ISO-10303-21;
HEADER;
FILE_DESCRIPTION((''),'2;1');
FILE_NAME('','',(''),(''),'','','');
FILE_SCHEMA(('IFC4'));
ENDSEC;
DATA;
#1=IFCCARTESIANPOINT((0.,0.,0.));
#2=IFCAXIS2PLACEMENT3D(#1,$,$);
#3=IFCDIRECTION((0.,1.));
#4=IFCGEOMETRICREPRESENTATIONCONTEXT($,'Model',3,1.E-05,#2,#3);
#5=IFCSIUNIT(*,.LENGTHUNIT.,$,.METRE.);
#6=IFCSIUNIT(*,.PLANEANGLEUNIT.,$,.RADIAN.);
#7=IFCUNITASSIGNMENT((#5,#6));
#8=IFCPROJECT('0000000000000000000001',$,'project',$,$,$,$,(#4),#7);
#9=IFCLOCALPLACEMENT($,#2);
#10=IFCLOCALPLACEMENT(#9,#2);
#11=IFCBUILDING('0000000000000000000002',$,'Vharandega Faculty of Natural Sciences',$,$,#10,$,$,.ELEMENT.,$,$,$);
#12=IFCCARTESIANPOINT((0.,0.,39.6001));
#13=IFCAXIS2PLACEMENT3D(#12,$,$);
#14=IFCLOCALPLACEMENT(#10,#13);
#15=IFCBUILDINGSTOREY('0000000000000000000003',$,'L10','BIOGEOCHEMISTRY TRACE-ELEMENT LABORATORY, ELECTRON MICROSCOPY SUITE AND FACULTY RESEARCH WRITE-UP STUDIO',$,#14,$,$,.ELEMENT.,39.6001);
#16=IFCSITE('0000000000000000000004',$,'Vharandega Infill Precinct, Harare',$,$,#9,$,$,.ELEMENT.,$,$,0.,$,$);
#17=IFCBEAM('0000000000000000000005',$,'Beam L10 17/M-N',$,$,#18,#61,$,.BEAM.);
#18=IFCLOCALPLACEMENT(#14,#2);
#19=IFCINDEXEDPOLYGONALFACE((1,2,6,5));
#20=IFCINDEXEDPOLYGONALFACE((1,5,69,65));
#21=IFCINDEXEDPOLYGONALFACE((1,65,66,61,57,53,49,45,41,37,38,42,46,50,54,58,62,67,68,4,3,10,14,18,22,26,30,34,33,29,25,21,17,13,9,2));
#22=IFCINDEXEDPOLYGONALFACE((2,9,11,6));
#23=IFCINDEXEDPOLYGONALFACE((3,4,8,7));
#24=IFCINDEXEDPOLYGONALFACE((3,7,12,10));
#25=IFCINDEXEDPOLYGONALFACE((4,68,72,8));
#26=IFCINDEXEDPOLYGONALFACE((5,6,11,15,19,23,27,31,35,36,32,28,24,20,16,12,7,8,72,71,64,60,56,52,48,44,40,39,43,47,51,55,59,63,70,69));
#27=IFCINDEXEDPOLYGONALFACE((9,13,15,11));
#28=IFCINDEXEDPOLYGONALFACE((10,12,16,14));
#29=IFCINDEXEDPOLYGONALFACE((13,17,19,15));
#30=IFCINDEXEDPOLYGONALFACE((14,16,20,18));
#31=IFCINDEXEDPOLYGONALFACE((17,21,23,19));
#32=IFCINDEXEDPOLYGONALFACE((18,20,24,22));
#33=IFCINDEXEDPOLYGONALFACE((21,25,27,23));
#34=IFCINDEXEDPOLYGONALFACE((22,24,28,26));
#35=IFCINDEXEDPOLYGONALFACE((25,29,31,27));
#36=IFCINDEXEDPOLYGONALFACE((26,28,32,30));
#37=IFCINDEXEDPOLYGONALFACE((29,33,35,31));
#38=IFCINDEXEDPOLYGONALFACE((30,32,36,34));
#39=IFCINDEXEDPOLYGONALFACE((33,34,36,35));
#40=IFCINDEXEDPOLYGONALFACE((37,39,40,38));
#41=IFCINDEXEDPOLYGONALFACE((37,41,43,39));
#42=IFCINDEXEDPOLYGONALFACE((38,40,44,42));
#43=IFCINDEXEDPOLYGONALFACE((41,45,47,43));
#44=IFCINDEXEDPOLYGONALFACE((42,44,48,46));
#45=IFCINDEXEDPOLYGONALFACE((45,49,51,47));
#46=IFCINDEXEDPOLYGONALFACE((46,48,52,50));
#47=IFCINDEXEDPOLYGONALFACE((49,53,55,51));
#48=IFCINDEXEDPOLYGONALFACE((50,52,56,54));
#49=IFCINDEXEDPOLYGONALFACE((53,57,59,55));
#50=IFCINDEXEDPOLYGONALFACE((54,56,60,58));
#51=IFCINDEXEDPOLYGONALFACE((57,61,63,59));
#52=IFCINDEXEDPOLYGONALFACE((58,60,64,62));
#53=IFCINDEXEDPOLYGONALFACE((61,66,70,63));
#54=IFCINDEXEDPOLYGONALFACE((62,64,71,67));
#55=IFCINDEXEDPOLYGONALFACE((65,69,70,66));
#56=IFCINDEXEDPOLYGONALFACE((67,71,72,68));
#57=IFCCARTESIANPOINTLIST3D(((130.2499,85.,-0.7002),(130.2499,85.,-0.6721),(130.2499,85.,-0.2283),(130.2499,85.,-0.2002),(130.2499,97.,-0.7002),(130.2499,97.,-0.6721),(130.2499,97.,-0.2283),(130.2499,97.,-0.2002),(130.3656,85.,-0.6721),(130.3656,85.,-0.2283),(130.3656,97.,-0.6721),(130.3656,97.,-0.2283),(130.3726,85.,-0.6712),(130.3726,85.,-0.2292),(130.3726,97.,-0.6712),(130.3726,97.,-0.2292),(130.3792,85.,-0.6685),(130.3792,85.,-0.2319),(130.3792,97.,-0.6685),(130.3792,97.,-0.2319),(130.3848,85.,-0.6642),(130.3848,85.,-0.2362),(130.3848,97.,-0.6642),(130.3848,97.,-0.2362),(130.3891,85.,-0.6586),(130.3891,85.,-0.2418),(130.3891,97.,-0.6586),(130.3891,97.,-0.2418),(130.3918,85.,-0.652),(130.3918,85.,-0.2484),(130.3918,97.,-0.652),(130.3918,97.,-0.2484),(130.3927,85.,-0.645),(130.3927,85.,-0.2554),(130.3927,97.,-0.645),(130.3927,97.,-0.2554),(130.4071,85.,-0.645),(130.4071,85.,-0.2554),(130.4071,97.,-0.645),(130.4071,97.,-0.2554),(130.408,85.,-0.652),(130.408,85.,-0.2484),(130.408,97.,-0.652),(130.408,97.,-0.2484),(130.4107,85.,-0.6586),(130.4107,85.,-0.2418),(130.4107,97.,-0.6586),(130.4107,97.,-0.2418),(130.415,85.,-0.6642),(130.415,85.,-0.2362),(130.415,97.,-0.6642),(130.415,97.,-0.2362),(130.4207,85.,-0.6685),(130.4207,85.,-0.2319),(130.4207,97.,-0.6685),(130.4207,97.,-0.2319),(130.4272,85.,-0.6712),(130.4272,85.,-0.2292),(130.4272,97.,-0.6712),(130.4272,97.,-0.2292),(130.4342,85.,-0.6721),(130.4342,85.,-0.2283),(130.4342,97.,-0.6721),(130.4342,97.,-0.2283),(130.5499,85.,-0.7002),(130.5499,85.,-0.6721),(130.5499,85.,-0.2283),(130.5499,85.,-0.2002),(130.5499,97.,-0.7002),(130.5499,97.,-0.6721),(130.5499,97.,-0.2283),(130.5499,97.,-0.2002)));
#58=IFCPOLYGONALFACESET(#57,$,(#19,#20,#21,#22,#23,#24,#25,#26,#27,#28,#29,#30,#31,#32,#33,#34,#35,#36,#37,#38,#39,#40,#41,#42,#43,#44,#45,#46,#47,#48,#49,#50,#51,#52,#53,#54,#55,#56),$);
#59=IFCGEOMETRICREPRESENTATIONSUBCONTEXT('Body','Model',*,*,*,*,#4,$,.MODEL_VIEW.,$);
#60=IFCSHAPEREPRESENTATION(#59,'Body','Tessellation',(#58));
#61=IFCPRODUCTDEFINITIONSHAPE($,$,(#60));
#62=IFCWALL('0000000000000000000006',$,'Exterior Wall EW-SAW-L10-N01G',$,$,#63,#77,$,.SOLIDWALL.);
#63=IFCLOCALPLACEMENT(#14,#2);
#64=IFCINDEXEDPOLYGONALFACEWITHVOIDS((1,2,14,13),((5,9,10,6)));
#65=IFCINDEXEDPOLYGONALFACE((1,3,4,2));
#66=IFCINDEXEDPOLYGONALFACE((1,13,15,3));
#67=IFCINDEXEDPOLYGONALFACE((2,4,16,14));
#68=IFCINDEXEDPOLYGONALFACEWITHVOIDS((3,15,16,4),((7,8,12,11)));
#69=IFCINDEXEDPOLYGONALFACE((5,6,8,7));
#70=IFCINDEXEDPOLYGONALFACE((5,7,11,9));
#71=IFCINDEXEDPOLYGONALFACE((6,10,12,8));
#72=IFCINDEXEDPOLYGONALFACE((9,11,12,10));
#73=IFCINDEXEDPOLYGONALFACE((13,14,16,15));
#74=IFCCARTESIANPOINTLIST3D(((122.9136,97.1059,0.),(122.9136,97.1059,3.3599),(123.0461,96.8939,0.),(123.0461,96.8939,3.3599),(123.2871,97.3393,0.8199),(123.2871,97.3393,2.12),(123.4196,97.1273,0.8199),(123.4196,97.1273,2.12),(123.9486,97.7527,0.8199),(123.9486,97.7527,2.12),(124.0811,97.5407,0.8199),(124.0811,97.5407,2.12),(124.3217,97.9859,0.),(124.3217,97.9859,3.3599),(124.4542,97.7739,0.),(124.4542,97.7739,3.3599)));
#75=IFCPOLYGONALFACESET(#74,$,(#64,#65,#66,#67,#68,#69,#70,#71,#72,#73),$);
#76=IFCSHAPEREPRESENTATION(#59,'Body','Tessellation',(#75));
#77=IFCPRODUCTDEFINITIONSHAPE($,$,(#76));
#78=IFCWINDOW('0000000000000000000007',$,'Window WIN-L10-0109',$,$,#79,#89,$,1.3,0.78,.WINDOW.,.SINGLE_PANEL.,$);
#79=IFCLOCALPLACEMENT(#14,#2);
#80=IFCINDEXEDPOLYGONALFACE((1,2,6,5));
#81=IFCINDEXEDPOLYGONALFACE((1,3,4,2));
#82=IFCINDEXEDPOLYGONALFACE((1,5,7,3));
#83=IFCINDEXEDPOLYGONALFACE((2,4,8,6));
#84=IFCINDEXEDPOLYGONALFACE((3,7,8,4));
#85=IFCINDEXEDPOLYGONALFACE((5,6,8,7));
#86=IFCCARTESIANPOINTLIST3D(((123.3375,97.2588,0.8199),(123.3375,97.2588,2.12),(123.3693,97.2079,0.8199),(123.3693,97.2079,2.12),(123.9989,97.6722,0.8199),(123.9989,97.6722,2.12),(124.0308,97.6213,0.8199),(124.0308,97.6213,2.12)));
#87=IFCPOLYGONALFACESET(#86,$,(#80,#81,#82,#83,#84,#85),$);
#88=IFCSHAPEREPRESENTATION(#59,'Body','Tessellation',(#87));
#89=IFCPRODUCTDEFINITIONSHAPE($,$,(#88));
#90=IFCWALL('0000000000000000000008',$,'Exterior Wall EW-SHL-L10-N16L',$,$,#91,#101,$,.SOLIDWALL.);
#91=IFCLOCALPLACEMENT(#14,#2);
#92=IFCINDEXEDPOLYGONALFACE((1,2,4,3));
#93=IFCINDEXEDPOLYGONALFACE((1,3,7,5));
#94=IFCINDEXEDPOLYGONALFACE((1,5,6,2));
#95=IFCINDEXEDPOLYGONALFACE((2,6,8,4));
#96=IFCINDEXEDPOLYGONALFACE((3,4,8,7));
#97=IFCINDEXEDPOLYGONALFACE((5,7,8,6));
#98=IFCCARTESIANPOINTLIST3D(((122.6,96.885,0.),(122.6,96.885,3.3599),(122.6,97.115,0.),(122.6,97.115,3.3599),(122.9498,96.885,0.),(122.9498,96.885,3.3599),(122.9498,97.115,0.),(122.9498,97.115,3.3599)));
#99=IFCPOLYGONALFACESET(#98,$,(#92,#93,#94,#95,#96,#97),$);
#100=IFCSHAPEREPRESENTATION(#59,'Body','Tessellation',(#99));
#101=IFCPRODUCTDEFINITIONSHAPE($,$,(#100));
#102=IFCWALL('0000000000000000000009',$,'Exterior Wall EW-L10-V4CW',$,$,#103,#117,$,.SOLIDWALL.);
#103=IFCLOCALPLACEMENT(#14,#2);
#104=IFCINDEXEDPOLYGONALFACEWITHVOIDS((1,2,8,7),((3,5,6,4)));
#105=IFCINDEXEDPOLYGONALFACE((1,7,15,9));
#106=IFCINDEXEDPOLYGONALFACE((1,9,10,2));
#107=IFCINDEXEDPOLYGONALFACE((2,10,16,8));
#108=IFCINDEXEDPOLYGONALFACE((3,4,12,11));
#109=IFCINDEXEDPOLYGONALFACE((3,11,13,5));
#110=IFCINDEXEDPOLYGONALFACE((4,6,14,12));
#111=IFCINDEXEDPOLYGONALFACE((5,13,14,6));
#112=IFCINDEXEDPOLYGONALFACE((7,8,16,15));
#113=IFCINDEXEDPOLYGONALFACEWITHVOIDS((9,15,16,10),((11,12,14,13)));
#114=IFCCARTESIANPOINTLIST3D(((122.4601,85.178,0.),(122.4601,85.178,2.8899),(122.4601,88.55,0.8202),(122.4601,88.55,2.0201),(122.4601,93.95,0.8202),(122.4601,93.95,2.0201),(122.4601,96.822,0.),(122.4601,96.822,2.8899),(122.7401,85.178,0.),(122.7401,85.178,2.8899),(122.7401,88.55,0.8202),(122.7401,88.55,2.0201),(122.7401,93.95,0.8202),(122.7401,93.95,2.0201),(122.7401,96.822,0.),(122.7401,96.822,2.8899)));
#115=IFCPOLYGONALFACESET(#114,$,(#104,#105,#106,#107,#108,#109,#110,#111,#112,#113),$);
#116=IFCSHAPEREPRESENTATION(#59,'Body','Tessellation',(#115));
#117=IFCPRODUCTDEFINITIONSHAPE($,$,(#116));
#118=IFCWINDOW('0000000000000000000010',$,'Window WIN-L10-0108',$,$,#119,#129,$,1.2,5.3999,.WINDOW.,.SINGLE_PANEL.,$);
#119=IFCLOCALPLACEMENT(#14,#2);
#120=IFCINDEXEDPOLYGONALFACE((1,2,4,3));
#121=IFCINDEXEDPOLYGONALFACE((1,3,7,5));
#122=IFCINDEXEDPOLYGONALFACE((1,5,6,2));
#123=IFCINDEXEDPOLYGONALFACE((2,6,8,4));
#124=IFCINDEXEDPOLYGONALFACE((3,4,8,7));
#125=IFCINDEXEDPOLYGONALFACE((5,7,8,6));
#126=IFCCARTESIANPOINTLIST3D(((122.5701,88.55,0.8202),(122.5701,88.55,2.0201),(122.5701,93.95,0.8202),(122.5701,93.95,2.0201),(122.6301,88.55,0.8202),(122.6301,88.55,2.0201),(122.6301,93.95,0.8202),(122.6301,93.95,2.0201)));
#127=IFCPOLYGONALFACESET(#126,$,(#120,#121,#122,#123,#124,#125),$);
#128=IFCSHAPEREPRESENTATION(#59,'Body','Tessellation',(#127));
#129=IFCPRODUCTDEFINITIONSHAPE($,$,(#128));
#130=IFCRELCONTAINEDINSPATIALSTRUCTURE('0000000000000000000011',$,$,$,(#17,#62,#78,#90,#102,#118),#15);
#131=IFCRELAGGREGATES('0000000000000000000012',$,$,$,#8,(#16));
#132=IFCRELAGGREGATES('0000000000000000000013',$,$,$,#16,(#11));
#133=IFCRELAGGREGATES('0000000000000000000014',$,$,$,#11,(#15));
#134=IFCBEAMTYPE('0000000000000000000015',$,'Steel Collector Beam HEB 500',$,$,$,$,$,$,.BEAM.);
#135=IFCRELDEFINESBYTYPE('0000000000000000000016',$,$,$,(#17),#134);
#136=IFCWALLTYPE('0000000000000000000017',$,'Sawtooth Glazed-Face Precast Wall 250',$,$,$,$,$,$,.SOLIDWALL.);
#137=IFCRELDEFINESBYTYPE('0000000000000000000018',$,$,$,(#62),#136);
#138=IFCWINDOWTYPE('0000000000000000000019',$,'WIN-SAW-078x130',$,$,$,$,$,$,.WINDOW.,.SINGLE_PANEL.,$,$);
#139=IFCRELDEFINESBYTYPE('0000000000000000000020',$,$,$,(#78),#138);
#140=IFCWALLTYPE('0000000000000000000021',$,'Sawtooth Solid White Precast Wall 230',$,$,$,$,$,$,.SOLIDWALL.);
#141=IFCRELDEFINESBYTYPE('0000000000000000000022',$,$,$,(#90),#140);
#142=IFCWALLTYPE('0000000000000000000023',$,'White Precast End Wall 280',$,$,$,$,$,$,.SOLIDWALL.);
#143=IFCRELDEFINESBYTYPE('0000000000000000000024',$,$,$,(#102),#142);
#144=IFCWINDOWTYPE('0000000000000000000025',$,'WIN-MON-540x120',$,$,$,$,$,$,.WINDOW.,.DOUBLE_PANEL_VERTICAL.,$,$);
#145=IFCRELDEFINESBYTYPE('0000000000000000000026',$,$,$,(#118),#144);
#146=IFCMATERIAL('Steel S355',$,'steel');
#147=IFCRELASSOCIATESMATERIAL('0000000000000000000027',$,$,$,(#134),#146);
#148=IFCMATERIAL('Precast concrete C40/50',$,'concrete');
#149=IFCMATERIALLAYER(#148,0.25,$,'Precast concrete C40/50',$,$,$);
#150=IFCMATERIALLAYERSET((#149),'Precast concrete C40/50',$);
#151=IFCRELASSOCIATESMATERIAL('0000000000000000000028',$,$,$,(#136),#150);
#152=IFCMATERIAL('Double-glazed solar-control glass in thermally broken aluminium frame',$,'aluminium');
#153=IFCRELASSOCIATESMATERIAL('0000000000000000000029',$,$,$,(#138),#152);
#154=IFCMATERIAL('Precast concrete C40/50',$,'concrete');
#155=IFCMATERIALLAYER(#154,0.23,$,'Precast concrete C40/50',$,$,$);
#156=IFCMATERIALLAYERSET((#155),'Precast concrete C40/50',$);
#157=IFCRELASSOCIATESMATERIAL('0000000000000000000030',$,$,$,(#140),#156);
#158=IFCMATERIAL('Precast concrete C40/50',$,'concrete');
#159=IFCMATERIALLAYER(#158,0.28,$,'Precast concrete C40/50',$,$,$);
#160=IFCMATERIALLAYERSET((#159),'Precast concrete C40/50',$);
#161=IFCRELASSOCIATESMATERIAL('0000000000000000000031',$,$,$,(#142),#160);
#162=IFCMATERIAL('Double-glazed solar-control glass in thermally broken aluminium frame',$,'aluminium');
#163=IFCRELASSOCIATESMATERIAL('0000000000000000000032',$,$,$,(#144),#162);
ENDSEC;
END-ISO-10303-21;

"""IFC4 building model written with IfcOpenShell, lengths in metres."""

from ifc_helpers import new_model, si_unit, direction, frame, frame_2d, origin, origin_2d, place, context, subcontext, project, spatial, rectangle, i_section, extrude, material, layer, layer_set, material_profile, profile_set, type_object, element, fill, save


model = new_model("IFC4")

# Units and contexts
model_context = context("Model", 3, precision=1e-05, world=origin(), true_north=direction((0.0, 1.0)))
body_context = subcontext(model_context, "Body", "Model", "MODEL_VIEW")
ifc_project = project(units=[si_unit("LENGTHUNIT", "METRE"), si_unit("PLANEANGLEUNIT", "RADIAN")], contexts=[model_context])

# Site, building, storey
site_placement = place(None, origin())
site = spatial("IfcSite", under=ifc_project, at=site_placement, Name="Vharandega Infill Precinct, Harare", CompositionType="ELEMENT", RefElevation=0.0)
building_placement = place(site_placement, origin())
building = spatial("IfcBuilding", under=site, at=building_placement, Name="Vharandega Faculty of Natural Sciences", CompositionType="ELEMENT")
storey_placement = place(building_placement, frame((0.0, 0.0, 39.6001)))
storey = spatial("IfcBuildingStorey", under=building, at=storey_placement, Name="L10", Description="BIOGEOCHEMISTRY TRACE-ELEMENT LABORATORY, ELECTRON MICROSCOPY SUITE AND FACULTY RESEARCH WRITE-UP STUDIO", CompositionType="ELEMENT", Elevation=39.6001)

# Beam
ifc_material_1 = material(Name="Steel S355", Category="steel")
ifc_material_profile_1 = material_profile(ifc_material_1, i_section(OverallWidth=0.3, OverallDepth=0.5, WebThickness=0.0144, FlangeThickness=0.0281, FilletRadius=0.0271, at=origin_2d()), Name="HEB 500")
ifc_profile_set_1 = profile_set([ifc_material_profile_1], Name="Steel S355")
beam_type_1 = type_object("IfcBeamType", Name="Steel Collector Beam HEB 500", PredefinedType="BEAM", material=ifc_profile_set_1)
for number, where, z_axis, x_axis, name in (
    (1, (130.3999, 85.0, -0.4502), (0.0, 1.0, 0.0), (-1.0, 0.0, 0.0), "Beam L10 17/M-N"),
):
    element("IfcBeam", number, at=place(storey_placement, frame(where, z_axis=z_axis, x_axis=x_axis)), inside=storey, type_object=beam_type_1, Name=name, PredefinedType="BEAM", context=body_context, shape_type="SweptSolid", body=[
        extrude(i_section(OverallWidth=0.3, OverallDepth=0.5, WebThickness=0.0144, FlangeThickness=0.0281, FilletRadius=0.0271, at=origin_2d()), origin(), (0.0, 0.0, 1.0), 12.0),
    ])

# Wall, opening, window
ifc_material_2 = material(Name="Precast concrete C40/50", Category="concrete")
ifc_layer_1 = layer(ifc_material_2, 0.25, Name="Precast concrete C40/50")
ifc_layer_set_1 = layer_set([ifc_layer_1], Name="Precast concrete C40/50")
wall_type_1 = type_object("IfcWallType", Name="Sawtooth Glazed-Face Precast Wall 250", PredefinedType="SOLIDWALL", material=ifc_layer_set_1)
wall_1_placement = place(storey_placement, frame((122.98, 97.0, 0.0), z_axis=(0.0, 0.0, 1.0), x_axis=(0.848023, 0.529959, 0.0)))
wall_1 = element("IfcWall", 2, at=wall_1_placement, inside=storey, type_object=wall_type_1, Name="Exterior Wall EW-SAW-L10-N01G", PredefinedType="SOLIDWALL", context=body_context, shape_type="SweptSolid", body=[
    extrude(rectangle(XDim=1.6604, YDim=0.25, at=frame_2d((0.8301, 0.0))), origin(), (0.0, 0.0, 1.0), 3.3599),
])
opening_1_placement = place(wall_1_placement, frame((0.4402, 0.0, 0.8201)))
opening_1 = element("IfcOpeningElement", 3, at=opening_1_placement, cuts=wall_1, PredefinedType="OPENING", context=body_context, shape_type="SweptSolid", body=[
    extrude(rectangle(XDim=0.78, YDim=1.3, at=frame_2d((0.3901, 0.6499))), frame((0.0, 0.135, 0.0), z_axis=(0.0, -1.0, 0.0), x_axis=(1.0, 0.0, 0.0)), (0.0, 0.0, 1.0), 0.27),
])
ifc_material_3 = material(Name="Double-glazed solar-control glass in thermally broken aluminium frame", Category="aluminium")
window_type_1 = type_object("IfcWindowType", Name="WIN-SAW-078x130", PartitioningType="SINGLE_PANEL", PredefinedType="WINDOW", material=ifc_material_3)
window_1_placement = place(opening_1_placement, origin())
window_1 = element("IfcWindow", 4, at=window_1_placement, inside=storey, type_object=window_type_1, Name="Window WIN-L10-0109", OverallHeight=1.3, OverallWidth=0.78, PartitioningType="SINGLE_PANEL", PredefinedType="WINDOW", context=body_context, shape_type="SweptSolid", body=[
    extrude(rectangle(XDim=0.78, YDim=1.3, at=frame_2d((0.3901, 0.6499))), frame((0.0, 0.03, 0.0), z_axis=(0.0, -1.0, 0.0), x_axis=(1.0, 0.0, 0.0)), (0.0, 0.0, 1.0), 0.0601),
])
fill(opening_1, window_1)

# Wall
ifc_material_4 = material(Name="Precast concrete C40/50", Category="concrete")
ifc_layer_2 = layer(ifc_material_4, 0.23, Name="Precast concrete C40/50")
ifc_layer_set_2 = layer_set([ifc_layer_2], Name="Precast concrete C40/50")
wall_type_2 = type_object("IfcWallType", Name="Sawtooth Solid White Precast Wall 230", PredefinedType="SOLIDWALL", material=ifc_layer_set_2)
wall_2_placement = place(storey_placement, frame((122.6001, 97.0, 0.0), z_axis=(0.0, 0.0, 1.0), x_axis=(1.0, 0.0, 0.0)))
element("IfcWall", 5, at=wall_2_placement, inside=storey, type_object=wall_type_2, Name="Exterior Wall EW-SHL-L10-N16L", PredefinedType="SOLIDWALL", context=body_context, shape_type="SweptSolid", body=[
    extrude(rectangle(XDim=0.3499, YDim=0.23, at=frame_2d((0.1748, 0.0))), origin(), (0.0, 0.0, 1.0), 3.3599),
])

# Wall, opening, window
ifc_material_5 = material(Name="Precast concrete C40/50", Category="concrete")
ifc_layer_3 = layer(ifc_material_5, 0.28, Name="Precast concrete C40/50")
ifc_layer_set_3 = layer_set([ifc_layer_3], Name="Precast concrete C40/50")
wall_type_3 = type_object("IfcWallType", Name="White Precast End Wall 280", PredefinedType="SOLIDWALL", material=ifc_layer_set_3)
wall_3_placement = place(storey_placement, frame((122.6001, 85.178, 0.0), z_axis=(0.0, 0.0, 1.0), x_axis=(0.0, 1.0, 0.0)))
wall_3 = element("IfcWall", 6, at=wall_3_placement, inside=storey, type_object=wall_type_3, Name="Exterior Wall EW-L10-V4CW", PredefinedType="SOLIDWALL", context=body_context, shape_type="SweptSolid", body=[
    extrude(rectangle(XDim=11.644, YDim=0.28, at=frame_2d((5.822, 0.0))), origin(), (0.0, 0.0, 1.0), 2.8899),
])
opening_2_placement = place(wall_3_placement, frame((3.3721, 0.0, 0.8201)))
opening_2 = element("IfcOpeningElement", 7, at=opening_2_placement, cuts=wall_3, PredefinedType="OPENING", context=body_context, shape_type="SweptSolid", body=[
    extrude(rectangle(XDim=5.3999, YDim=1.2, at=frame_2d((2.7, 0.6001))), frame((0.0, 0.1499, 0.0), z_axis=(0.0, -1.0, 0.0), x_axis=(1.0, 0.0, 0.0)), (0.0, 0.0, 1.0), 0.3),
])
ifc_material_6 = material(Name="Double-glazed solar-control glass in thermally broken aluminium frame", Category="aluminium")
window_type_2 = type_object("IfcWindowType", Name="WIN-MON-540x120", PartitioningType="DOUBLE_PANEL_VERTICAL", PredefinedType="WINDOW", material=ifc_material_6)
window_2_placement = place(opening_2_placement, origin())
window_2 = element("IfcWindow", 8, at=window_2_placement, inside=storey, type_object=window_type_2, Name="Window WIN-L10-0108", OverallHeight=1.2, OverallWidth=5.3999, PartitioningType="SINGLE_PANEL", PredefinedType="WINDOW", context=body_context, shape_type="SweptSolid", body=[
    extrude(rectangle(XDim=5.3999, YDim=1.2, at=frame_2d((2.7, 0.6001))), frame((0.0, 0.03, 0.0), z_axis=(0.0, -1.0, 0.0), x_axis=(1.0, 0.0, 0.0)), (0.0, 0.0, 1.0), 0.0601),
])
fill(opening_2, window_2)

save(model, "model.ifc")
